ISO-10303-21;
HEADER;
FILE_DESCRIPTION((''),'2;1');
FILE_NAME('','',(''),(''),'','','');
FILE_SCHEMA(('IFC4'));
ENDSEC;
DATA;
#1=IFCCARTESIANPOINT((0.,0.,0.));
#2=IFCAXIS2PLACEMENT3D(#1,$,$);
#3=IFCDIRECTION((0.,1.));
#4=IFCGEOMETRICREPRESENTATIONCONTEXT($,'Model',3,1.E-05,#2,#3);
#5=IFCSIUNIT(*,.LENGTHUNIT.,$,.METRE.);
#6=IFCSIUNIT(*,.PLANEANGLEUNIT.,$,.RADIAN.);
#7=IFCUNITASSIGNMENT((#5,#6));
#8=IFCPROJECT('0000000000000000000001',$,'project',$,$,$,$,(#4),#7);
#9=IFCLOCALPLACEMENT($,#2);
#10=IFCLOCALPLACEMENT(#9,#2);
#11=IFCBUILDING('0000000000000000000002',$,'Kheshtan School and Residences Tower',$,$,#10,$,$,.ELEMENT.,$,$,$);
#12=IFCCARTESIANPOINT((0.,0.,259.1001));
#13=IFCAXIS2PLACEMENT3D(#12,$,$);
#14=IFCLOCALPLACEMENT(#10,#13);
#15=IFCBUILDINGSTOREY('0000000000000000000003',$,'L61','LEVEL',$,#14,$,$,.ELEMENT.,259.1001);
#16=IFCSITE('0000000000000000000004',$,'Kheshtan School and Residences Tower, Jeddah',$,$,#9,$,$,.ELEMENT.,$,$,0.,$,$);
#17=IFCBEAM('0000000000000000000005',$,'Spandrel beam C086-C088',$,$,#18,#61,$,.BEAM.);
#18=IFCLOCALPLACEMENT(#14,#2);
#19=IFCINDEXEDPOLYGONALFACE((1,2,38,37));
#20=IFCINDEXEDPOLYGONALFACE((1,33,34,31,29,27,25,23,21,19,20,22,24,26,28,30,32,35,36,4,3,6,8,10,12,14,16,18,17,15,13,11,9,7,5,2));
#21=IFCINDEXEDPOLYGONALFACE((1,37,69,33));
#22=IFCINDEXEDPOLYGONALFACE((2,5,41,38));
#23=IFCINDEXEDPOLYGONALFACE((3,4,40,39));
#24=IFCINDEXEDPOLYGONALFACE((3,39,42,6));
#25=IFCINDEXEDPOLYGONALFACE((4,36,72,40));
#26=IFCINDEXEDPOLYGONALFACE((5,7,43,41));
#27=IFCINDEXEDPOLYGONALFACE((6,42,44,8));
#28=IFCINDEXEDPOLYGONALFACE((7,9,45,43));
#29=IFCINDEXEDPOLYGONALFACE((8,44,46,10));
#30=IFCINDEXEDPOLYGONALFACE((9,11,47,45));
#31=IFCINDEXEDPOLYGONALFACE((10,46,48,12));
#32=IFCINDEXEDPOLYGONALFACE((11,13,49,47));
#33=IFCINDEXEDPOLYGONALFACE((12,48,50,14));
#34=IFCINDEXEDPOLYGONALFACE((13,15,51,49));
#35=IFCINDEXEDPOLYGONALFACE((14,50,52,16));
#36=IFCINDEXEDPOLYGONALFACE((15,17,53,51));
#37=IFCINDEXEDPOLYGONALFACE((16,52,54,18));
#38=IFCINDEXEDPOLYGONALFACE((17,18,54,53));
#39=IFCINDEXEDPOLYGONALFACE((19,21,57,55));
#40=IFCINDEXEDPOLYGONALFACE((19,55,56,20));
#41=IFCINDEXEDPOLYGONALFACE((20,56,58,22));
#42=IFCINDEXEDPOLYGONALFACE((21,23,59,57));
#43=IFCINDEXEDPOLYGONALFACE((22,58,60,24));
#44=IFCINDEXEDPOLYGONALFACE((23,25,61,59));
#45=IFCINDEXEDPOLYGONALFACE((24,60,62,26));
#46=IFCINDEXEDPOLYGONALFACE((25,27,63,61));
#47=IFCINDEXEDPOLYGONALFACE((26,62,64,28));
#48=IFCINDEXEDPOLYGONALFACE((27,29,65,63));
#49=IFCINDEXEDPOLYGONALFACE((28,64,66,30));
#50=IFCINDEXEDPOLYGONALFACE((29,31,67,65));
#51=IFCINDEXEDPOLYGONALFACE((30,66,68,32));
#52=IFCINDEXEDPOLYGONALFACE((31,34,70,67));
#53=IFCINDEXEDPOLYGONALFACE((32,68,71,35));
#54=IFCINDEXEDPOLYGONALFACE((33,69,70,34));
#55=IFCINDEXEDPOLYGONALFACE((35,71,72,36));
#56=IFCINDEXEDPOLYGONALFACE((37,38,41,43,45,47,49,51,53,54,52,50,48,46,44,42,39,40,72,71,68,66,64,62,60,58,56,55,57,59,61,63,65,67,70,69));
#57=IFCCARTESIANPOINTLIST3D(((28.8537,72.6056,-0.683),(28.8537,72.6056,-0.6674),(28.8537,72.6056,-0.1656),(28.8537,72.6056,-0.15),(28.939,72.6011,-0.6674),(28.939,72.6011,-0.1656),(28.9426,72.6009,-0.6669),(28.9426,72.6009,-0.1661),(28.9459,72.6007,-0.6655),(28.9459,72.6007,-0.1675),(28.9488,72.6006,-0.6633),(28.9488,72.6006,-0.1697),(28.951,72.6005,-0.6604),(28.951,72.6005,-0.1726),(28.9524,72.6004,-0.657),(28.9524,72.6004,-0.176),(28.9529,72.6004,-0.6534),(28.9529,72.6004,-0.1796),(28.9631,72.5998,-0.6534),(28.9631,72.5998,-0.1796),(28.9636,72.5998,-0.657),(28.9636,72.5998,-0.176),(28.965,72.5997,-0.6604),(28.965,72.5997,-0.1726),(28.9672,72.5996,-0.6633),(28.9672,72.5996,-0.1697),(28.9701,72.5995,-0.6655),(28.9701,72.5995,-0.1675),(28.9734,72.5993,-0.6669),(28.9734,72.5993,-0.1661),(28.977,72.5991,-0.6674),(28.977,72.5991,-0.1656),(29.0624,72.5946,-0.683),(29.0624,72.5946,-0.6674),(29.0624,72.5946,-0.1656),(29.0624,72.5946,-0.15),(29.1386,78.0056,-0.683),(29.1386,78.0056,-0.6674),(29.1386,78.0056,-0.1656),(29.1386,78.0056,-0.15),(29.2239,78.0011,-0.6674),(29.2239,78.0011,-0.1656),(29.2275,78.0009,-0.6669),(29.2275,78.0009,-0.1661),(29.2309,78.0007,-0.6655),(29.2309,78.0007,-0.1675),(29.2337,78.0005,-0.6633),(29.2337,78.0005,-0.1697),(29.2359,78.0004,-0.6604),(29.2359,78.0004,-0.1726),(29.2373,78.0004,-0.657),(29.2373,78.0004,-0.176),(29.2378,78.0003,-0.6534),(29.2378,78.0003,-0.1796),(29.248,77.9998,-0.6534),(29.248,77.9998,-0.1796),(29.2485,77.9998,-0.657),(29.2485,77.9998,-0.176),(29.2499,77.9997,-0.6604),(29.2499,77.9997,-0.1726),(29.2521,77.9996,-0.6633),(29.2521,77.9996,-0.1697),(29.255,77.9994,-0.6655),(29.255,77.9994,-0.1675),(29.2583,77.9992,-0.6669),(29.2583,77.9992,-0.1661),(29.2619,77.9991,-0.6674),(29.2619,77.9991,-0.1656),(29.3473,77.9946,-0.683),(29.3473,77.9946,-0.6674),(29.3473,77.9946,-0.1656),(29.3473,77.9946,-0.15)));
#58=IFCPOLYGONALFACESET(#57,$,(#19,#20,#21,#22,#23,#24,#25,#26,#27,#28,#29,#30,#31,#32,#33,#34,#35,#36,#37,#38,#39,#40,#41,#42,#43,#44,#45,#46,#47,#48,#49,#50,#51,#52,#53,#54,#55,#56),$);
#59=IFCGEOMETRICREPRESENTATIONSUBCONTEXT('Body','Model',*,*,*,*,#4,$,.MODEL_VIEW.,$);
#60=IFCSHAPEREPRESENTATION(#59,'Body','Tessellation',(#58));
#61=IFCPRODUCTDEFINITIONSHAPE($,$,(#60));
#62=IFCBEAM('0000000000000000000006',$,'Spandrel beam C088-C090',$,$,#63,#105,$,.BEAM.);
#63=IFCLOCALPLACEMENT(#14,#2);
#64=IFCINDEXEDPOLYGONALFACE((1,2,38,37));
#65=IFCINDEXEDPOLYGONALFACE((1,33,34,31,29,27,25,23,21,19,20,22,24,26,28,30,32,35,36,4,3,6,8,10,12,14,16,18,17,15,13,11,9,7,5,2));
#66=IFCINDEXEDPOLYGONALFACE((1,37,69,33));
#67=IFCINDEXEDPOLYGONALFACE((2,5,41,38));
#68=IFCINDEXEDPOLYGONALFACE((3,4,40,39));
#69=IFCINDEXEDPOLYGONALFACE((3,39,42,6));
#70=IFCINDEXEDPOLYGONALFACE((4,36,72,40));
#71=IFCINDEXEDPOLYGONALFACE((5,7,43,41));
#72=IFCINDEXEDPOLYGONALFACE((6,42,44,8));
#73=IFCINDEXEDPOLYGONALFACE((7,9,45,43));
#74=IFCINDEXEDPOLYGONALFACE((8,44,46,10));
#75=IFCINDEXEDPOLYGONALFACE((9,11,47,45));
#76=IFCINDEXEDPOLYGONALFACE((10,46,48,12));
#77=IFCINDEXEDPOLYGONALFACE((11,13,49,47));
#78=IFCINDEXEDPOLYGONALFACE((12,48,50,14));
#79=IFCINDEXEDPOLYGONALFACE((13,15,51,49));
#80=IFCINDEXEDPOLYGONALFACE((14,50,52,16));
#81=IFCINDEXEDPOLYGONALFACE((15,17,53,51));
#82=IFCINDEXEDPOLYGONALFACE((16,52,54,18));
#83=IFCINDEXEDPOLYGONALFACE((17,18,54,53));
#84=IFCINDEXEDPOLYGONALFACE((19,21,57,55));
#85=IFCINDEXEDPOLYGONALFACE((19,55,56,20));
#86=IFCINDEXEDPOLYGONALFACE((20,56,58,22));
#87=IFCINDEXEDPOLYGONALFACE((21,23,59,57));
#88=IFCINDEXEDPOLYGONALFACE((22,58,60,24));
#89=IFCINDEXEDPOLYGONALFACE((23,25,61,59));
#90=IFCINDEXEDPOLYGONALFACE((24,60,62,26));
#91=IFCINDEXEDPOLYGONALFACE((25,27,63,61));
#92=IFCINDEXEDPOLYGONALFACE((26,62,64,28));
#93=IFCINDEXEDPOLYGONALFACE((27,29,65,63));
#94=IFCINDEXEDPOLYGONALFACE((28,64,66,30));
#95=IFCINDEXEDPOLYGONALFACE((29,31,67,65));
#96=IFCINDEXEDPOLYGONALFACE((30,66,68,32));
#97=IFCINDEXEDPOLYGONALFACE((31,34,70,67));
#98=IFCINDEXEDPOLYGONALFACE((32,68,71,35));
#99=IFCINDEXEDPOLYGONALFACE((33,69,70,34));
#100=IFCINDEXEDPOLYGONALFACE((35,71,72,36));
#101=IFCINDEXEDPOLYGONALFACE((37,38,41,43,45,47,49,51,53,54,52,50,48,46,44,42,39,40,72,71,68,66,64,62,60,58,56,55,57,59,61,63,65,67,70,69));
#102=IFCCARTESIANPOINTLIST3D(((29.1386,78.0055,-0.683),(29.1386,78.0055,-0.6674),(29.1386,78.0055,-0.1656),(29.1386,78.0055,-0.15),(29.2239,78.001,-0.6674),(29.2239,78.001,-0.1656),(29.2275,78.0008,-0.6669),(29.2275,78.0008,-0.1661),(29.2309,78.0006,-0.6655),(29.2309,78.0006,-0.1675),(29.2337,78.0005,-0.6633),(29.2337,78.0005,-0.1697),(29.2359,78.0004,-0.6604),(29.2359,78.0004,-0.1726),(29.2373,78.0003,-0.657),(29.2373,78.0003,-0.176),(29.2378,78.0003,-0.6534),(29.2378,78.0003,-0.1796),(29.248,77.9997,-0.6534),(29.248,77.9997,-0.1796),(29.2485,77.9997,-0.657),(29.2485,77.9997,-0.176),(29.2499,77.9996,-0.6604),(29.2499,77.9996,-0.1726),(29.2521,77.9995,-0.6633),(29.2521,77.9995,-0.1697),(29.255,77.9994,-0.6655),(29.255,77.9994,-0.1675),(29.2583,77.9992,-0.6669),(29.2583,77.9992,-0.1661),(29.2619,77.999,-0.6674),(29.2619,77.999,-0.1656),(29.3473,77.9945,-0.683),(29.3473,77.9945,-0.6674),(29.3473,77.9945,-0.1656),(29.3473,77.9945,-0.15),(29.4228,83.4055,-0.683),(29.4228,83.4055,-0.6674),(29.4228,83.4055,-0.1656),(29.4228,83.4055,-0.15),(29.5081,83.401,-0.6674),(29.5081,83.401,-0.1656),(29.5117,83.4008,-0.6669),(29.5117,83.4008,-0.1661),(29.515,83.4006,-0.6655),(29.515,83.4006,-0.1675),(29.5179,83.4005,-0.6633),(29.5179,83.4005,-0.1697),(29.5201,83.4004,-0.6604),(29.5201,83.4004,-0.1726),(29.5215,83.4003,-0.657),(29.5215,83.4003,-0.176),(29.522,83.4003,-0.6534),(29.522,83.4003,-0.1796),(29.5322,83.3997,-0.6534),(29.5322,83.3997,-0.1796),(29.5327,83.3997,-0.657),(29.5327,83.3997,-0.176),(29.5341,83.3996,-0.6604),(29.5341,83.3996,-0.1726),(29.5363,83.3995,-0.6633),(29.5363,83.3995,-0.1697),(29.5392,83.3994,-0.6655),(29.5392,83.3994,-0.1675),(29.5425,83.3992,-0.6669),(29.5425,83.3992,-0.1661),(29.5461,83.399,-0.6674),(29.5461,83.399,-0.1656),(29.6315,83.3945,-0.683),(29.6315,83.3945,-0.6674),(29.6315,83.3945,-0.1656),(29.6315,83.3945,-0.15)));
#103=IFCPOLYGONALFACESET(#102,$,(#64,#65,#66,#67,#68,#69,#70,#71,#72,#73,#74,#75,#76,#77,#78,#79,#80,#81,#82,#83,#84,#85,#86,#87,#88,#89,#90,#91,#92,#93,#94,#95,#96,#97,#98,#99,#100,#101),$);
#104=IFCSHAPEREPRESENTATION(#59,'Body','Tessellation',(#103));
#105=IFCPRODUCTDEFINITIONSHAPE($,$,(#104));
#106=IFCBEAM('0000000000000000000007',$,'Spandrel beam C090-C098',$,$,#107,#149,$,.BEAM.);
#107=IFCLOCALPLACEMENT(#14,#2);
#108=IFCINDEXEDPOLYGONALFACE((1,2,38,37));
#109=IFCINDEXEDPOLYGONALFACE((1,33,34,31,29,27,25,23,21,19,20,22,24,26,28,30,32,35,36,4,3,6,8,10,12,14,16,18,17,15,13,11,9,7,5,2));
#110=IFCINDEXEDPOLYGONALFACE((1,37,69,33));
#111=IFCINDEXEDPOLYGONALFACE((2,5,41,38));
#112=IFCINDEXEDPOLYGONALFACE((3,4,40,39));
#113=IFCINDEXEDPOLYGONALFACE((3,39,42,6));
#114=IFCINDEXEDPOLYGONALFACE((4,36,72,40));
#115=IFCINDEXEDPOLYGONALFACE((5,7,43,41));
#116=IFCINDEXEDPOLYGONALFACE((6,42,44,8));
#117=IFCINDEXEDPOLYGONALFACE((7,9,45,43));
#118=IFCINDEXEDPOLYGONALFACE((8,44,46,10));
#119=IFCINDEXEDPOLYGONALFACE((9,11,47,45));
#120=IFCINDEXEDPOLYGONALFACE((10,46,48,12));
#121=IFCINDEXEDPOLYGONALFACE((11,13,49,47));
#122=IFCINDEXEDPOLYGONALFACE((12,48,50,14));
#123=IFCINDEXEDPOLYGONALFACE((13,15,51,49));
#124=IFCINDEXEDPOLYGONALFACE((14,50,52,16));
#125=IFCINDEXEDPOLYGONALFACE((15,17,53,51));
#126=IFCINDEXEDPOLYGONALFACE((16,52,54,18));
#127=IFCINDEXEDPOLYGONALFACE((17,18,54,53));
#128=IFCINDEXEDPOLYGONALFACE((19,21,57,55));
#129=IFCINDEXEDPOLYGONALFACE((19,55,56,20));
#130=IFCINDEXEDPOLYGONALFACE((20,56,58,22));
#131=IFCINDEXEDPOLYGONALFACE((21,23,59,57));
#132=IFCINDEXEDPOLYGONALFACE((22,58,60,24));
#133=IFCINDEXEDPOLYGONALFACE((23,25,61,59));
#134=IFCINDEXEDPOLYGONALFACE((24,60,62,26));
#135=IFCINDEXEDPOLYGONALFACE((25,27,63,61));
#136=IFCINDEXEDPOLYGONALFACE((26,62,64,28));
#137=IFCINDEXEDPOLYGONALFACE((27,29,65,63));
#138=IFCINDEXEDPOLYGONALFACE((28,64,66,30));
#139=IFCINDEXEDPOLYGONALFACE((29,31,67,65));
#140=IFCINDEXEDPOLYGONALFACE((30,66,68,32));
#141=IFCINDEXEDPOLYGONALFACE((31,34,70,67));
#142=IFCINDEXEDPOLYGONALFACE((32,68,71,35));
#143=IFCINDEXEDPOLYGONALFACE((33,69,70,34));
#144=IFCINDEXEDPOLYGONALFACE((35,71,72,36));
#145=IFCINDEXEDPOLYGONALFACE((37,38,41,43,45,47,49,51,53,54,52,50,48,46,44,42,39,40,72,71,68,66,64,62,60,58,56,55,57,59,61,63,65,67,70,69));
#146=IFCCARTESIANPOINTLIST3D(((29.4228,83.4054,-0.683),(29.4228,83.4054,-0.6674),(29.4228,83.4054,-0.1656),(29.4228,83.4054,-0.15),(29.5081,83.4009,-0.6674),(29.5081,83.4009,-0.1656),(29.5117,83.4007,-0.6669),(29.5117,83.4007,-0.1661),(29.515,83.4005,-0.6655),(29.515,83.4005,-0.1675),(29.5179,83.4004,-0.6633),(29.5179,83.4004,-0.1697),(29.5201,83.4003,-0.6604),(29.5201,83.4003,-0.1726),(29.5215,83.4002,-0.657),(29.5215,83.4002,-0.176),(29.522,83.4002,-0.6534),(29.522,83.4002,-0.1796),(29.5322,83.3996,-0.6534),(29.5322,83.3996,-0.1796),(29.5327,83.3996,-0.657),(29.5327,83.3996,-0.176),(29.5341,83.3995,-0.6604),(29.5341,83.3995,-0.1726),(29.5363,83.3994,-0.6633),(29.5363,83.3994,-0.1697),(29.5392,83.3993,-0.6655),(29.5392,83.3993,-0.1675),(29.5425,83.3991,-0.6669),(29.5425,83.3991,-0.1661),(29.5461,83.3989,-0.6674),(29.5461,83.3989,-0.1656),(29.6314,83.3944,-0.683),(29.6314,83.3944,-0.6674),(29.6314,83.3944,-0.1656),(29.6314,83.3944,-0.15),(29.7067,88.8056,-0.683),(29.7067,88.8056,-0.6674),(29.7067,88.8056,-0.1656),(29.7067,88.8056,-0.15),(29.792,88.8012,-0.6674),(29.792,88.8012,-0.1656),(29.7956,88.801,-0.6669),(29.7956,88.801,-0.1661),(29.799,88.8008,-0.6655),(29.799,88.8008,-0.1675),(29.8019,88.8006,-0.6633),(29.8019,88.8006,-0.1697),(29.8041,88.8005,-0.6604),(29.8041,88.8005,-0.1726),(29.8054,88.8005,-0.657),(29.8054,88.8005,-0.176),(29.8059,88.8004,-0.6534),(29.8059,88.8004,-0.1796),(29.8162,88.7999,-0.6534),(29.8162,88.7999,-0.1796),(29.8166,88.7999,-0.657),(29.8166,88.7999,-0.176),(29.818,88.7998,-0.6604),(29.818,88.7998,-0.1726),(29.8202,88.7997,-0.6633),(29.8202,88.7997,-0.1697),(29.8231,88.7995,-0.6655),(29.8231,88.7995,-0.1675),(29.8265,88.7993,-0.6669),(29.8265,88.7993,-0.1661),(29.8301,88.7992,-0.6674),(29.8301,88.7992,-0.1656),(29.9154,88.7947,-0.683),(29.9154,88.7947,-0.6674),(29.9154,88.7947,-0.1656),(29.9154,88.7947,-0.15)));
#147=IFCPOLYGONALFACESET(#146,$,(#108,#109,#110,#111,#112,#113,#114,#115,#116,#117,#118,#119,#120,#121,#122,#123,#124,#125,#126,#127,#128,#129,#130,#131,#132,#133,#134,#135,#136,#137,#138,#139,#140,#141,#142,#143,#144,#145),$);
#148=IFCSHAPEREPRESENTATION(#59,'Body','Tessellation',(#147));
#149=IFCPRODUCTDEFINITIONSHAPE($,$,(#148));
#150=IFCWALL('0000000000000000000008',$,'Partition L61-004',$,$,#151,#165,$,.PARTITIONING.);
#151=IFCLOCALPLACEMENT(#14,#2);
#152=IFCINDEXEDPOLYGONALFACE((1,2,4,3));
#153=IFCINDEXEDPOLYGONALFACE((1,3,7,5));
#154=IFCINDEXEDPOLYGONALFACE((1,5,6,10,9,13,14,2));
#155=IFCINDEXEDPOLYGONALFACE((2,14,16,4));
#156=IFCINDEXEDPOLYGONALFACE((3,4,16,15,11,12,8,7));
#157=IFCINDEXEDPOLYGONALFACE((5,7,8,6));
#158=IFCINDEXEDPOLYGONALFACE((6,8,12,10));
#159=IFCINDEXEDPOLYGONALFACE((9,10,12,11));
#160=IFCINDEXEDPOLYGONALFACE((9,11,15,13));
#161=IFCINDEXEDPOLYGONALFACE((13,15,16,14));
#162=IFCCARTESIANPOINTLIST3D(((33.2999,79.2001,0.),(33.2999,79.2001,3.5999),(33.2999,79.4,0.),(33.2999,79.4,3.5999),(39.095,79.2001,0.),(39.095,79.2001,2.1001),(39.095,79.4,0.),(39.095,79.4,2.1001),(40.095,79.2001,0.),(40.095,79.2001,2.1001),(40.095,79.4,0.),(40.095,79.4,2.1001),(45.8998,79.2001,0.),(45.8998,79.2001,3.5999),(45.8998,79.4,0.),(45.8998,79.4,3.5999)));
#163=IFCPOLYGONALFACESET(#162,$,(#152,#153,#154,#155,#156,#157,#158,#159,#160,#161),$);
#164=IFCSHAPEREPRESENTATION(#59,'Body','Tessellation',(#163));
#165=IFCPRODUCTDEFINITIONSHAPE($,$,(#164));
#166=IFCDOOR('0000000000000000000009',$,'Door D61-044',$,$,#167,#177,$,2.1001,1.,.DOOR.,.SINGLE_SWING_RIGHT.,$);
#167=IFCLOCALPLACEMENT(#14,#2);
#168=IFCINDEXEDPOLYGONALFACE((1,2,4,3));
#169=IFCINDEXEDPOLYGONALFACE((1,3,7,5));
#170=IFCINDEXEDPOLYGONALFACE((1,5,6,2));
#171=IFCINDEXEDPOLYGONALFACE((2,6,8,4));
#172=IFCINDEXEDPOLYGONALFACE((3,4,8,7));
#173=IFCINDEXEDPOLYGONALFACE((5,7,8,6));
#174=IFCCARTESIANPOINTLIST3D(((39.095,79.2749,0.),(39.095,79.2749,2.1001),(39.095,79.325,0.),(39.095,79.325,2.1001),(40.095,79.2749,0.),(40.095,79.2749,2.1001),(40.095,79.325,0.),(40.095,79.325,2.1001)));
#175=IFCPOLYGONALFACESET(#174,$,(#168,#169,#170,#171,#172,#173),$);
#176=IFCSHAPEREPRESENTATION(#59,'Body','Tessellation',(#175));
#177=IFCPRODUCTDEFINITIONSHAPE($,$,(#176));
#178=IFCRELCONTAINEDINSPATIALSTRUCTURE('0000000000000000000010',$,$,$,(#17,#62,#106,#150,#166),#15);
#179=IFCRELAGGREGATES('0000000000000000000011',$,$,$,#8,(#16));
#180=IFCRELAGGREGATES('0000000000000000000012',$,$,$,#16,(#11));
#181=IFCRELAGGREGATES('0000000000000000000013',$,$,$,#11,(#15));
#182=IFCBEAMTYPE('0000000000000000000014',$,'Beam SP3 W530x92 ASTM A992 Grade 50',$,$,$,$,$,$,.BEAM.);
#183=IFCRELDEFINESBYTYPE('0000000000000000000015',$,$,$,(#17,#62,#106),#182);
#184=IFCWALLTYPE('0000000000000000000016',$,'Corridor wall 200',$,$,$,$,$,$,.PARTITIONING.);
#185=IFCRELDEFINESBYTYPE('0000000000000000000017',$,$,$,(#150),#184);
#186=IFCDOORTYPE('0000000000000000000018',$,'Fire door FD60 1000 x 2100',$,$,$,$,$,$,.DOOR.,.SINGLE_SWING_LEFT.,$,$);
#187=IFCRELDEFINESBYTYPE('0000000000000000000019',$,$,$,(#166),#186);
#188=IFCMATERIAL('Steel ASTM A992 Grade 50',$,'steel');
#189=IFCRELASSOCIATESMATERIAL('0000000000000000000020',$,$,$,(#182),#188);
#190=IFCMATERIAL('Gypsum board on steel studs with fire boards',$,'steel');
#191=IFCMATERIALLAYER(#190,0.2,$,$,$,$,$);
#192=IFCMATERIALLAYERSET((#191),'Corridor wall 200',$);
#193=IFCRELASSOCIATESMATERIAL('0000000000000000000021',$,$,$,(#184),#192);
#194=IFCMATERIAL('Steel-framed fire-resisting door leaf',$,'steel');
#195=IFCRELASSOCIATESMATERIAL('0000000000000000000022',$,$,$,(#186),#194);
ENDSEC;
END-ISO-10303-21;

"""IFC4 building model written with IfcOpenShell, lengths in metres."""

from ifc_helpers import new_model, si_unit, direction, frame, frame_2d, origin, origin_2d, place, context, subcontext, project, spatial, rectangle, i_section, extrude, source, transform, mapped, material, layer, layer_set, material_profile, profile_set, type_object, element, fill, save


model = new_model("IFC4")

# Units and contexts
model_context = context("Model", 3, precision=1e-05, world=origin(), true_north=direction((0.0, 1.0)))
body_context = subcontext(model_context, "Body", "Model", "MODEL_VIEW")
ifc_project = project(units=[si_unit("LENGTHUNIT", "METRE"), si_unit("PLANEANGLEUNIT", "RADIAN")], contexts=[model_context])

# Site, building, storey
site_placement = place(None, origin())
site = spatial("IfcSite", under=ifc_project, at=site_placement, Name="Kheshtan School and Residences Tower, Jeddah", CompositionType="ELEMENT", RefElevation=0.0)
building_placement = place(site_placement, origin())
building = spatial("IfcBuilding", under=site, at=building_placement, Name="Kheshtan School and Residences Tower", CompositionType="ELEMENT")
storey_placement = place(building_placement, frame((0.0, 0.0, 259.1001)))
storey = spatial("IfcBuildingStorey", under=building, at=storey_placement, Name="L61", Description="LEVEL", CompositionType="ELEMENT", Elevation=259.1001)

# Shared definitions
ifc_material_1 = material(Name="Steel ASTM A992 Grade 50", Category="steel")

# Beams
ifc_material_profile_1 = material_profile(ifc_material_1, i_section(OverallWidth=0.209, OverallDepth=0.533, WebThickness=0.0103, FlangeThickness=0.0156, FilletRadius=0.0139, at=origin_2d()), Name="W530x92")
ifc_profile_set_1 = profile_set([ifc_material_profile_1], Name="Steel ASTM A992 Grade 50")
beam_type_1 = type_object("IfcBeamType", Name="Beam SP3 W530x92 ASTM A992 Grade 50", PredefinedType="BEAM", material=ifc_profile_set_1)
for number, where, z_axis, x_axis, name in (
    (1, (28.958, 72.6001, -0.4165), (0.052689, 0.998611, 0.0), (-0.998611, 0.052689, 0.0), "Spandrel beam C086-C088"),
    (2, (29.2429, 78.0, -0.4165), (0.052554, 0.998618, 0.0), (-0.998618, 0.052554, 0.0), "Spandrel beam C088-C090"),
):
    element("IfcBeam", number, at=place(storey_placement, frame(where, z_axis=z_axis, x_axis=x_axis)), inside=storey, type_object=beam_type_1, Name=name, PredefinedType="BEAM", context=body_context, shape_type="SweptSolid", body=[
        extrude(i_section(OverallWidth=0.209, OverallDepth=0.533, WebThickness=0.0103, FlangeThickness=0.0156, FilletRadius=0.0139, at=origin_2d()), origin(), (0.0, 0.0, 1.0), 5.4075),
    ])
beam_1_placement = place(storey_placement, frame((29.5271, 83.3999, -0.4165), z_axis=(0.052507, 0.998621, 0.0), x_axis=(-0.998621, 0.052507, 0.0)))
element("IfcBeam", 3, at=beam_1_placement, inside=storey, type_object=beam_type_1, Name="Spandrel beam C090-C098", PredefinedType="BEAM", context=body_context, shape_type="SweptSolid", body=[
    extrude(i_section(OverallWidth=0.209, OverallDepth=0.533, WebThickness=0.0103, FlangeThickness=0.0156, FilletRadius=0.0139, at=origin_2d()), origin(), (0.0, 0.0, 1.0), 5.4077),
])

# Wall, opening, door
ifc_material_2 = material(Name="Gypsum board on steel studs with fire boards", Category="steel")
ifc_layer_1 = layer(ifc_material_2, 0.2)
ifc_layer_set_1 = layer_set([ifc_layer_1], Name="Corridor wall 200")
wall_type_1 = type_object("IfcWallType", Name="Corridor wall 200", PredefinedType="PARTITIONING", material=ifc_layer_set_1)
wall_1_placement = place(storey_placement, frame((33.3, 79.3, 0.0), z_axis=(0.0, 0.0, 1.0), x_axis=(1.0, 0.0, 0.0)))
wall_1 = element("IfcWall", 4, at=wall_1_placement, inside=storey, type_object=wall_type_1, Name="Partition L61-004", PredefinedType="PARTITIONING", context=body_context, shape_type="SweptSolid", body=[
    extrude(rectangle(XDim=12.5999, YDim=0.2, at=frame_2d((6.2998, 0.0))), origin(), (0.0, 0.0, 1.0), 3.5999),
])
opening_1_placement = place(wall_1_placement, frame((5.7949, 0.0, 0.0)))
opening_1 = element("IfcOpeningElement", 5, at=opening_1_placement, cuts=wall_1, PredefinedType="OPENING", context=body_context, shape_type="SweptSolid", body=[
    extrude(rectangle(XDim=1.0, YDim=2.1001, at=frame_2d((0.5, 1.05))), frame((0.0, 0.1099, 0.0), z_axis=(0.0, -1.0, 0.0), x_axis=(1.0, 0.0, 0.0)), (0.0, 0.0, 1.0), 0.22),
])
ifc_material_3 = material(Name="Steel-framed fire-resisting door leaf", Category="steel")
door_type_1 = type_object("IfcDoorType", Name="Fire door FD60 1000 x 2100", OperationType="SINGLE_SWING_LEFT", PredefinedType="DOOR", material=ifc_material_3)
shared_shape_1 = source(origin(), body_context, "Body", "SweptSolid", [
    extrude(rectangle(XDim=1.0, YDim=2.1001, at=frame_2d((0.5, 1.05))), frame((0.0, 0.0249, 0.0), z_axis=(0.0, -1.0, 0.0), x_axis=(1.0, 0.0, 0.0)), (0.0, 0.0, 1.0), 0.05),
])
door_1_placement = place(opening_1_placement, origin())
door_1 = element("IfcDoor", 6, at=door_1_placement, inside=storey, type_object=door_type_1, Name="Door D61-044", OperationType="SINGLE_SWING_RIGHT", OverallHeight=2.1001, OverallWidth=1.0, PredefinedType="DOOR", context=body_context, shape_type="MappedRepresentation", body=[
    mapped(shared_shape_1, transform((0.0, 0.0, 0.0), x_axis=(1.0, 0.0, 0.0), y_axis=(0.0, 1.0, 0.0), z_axis=(0.0, 0.0, 1.0), scale=1.0)),
])
fill(opening_1, door_1)

save(model, "model.ifc")
